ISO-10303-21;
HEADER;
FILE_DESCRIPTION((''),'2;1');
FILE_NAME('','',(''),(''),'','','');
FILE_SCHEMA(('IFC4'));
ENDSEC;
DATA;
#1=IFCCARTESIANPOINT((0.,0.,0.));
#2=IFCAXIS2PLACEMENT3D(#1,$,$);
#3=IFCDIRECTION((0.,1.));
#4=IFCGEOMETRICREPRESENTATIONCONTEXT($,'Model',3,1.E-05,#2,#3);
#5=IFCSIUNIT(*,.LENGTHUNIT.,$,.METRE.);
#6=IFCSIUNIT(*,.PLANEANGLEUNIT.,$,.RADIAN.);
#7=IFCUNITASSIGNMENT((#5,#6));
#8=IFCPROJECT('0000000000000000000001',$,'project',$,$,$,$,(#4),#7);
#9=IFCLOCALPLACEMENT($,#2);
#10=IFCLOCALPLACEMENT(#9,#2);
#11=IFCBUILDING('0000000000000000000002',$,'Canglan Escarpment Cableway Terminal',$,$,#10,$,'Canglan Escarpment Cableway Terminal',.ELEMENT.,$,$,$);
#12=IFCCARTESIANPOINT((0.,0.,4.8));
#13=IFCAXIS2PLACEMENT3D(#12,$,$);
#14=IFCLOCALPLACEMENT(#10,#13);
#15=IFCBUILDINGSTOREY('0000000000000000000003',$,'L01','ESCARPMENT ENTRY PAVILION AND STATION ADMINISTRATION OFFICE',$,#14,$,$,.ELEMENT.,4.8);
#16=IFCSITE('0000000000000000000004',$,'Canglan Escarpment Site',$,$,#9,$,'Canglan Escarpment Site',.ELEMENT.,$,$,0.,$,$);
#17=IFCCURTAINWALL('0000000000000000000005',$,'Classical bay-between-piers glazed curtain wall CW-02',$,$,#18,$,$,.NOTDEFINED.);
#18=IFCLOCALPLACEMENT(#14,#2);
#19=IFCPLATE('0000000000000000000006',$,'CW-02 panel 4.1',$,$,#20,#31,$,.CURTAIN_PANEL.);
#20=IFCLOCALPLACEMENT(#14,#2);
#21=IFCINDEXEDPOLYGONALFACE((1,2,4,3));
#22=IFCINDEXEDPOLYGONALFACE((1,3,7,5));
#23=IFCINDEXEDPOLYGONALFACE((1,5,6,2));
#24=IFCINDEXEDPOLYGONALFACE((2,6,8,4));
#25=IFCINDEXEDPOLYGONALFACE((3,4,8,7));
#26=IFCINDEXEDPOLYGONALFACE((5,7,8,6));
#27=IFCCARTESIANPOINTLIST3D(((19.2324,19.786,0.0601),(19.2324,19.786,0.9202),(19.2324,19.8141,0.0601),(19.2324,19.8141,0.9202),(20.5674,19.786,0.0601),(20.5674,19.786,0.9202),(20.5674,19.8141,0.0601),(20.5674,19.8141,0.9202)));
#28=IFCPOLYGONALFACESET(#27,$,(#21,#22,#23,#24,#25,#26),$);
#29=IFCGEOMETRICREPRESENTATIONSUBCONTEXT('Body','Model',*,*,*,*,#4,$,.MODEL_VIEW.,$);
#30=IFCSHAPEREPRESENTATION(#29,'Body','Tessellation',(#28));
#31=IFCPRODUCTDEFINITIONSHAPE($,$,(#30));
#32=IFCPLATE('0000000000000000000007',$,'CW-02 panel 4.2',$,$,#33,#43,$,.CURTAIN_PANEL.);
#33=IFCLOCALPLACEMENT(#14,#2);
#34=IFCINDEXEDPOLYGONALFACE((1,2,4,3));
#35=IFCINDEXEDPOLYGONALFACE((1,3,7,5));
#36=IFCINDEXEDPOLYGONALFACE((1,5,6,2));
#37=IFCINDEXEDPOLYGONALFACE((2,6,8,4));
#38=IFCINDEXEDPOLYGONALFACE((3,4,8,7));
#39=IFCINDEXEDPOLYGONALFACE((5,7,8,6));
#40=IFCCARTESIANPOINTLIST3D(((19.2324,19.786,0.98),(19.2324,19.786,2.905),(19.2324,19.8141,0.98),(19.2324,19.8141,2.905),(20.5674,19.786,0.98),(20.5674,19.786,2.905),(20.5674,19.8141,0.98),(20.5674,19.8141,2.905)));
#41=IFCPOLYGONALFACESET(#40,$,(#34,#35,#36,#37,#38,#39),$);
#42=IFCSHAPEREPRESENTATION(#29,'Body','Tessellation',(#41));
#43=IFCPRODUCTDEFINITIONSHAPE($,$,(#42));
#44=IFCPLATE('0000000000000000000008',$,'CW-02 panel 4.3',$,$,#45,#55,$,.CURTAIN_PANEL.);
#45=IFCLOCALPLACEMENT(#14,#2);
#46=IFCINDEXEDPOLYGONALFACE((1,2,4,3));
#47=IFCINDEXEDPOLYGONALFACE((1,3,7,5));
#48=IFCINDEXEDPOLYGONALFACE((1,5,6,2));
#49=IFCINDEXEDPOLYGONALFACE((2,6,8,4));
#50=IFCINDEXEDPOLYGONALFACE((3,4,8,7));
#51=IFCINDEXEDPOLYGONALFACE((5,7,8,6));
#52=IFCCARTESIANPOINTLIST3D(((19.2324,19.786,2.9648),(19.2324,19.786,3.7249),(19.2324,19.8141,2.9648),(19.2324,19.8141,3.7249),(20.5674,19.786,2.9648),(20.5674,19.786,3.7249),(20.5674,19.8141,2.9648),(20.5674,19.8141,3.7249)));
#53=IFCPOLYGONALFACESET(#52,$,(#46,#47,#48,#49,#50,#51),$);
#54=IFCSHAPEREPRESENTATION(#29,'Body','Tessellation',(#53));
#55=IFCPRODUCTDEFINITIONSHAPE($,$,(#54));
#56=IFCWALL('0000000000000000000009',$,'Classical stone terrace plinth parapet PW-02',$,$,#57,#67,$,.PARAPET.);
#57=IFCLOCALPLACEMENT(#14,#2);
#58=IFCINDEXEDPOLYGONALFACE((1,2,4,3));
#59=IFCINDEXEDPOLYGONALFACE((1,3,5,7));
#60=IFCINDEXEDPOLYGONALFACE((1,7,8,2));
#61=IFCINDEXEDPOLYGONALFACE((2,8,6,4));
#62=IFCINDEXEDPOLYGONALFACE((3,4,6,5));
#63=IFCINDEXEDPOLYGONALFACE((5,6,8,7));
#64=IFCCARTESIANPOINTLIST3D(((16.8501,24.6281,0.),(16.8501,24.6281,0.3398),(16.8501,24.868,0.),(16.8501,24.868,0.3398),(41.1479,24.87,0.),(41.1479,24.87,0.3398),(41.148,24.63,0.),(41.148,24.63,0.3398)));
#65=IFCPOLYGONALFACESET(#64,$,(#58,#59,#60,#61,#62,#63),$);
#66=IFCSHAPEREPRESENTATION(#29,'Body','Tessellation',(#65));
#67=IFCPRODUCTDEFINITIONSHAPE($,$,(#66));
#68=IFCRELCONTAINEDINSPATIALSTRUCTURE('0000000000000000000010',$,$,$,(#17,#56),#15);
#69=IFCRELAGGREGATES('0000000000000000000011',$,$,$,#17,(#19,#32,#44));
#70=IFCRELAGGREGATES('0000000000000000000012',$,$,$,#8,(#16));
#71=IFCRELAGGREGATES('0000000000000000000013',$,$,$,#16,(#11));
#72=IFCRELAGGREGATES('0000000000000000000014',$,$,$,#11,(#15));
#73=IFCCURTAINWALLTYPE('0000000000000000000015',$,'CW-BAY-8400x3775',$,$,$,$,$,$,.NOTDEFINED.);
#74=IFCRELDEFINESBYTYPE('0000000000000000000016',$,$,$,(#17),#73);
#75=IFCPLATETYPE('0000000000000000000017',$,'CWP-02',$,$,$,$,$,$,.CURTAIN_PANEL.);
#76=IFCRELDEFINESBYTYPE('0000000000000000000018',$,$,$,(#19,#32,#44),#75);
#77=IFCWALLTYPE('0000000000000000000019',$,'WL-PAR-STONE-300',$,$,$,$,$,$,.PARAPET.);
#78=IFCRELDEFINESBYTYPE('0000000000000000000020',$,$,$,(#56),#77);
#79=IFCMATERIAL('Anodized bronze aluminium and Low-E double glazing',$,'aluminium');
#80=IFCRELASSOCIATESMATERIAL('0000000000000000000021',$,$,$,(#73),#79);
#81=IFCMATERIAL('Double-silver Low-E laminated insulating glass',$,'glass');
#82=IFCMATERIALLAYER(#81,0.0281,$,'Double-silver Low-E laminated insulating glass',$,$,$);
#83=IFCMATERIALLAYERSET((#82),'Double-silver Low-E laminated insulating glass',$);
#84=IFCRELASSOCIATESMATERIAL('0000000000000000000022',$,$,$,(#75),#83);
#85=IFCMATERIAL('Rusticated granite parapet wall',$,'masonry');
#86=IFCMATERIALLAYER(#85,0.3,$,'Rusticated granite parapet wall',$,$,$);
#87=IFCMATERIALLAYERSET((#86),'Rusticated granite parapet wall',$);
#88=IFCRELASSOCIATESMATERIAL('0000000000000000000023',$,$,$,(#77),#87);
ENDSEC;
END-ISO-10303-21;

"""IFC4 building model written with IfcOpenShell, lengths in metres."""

from ifc_helpers import new_model, si_unit, direction, frame, frame_2d, origin, origin_2d, place, context, subcontext, project, spatial, rectangle, extrude, material, layer, layer_set, type_object, element, aggregate, save


model = new_model("IFC4")

# Units and contexts
model_context = context("Model", 3, precision=1e-05, world=origin(), true_north=direction((0.0, 1.0)))
body_context = subcontext(model_context, "Body", "Model", "MODEL_VIEW")
ifc_project = project(units=[si_unit("LENGTHUNIT", "METRE"), si_unit("PLANEANGLEUNIT", "RADIAN")], contexts=[model_context])

# Site, building, storey
site_placement = place(None, origin())
site = spatial("IfcSite", under=ifc_project, at=site_placement, Name="Canglan Escarpment Site", LongName="Canglan Escarpment Site", CompositionType="ELEMENT", RefElevation=0.0)
building_placement = place(site_placement, origin())
building = spatial("IfcBuilding", under=site, at=building_placement, Name="Canglan Escarpment Cableway Terminal", LongName="Canglan Escarpment Cableway Terminal", CompositionType="ELEMENT")
storey_placement = place(building_placement, frame((0.0, 0.0, 4.8)))
storey = spatial("IfcBuildingStorey", under=building, at=storey_placement, Name="L01", Description="ESCARPMENT ENTRY PAVILION AND STATION ADMINISTRATION OFFICE", CompositionType="ELEMENT", Elevation=4.8)

# Curtain wall
ifc_material_1 = material(Name="Anodized bronze aluminium and Low-E double glazing", Category="aluminium")
curtain_wall_type = type_object("IfcCurtainWallType", Name="CW-BAY-8400x3775", PredefinedType="NOTDEFINED", material=ifc_material_1)
curtain_wall_placement = place(storey_placement, origin())
curtain_wall = element("IfcCurtainWall", 1, at=curtain_wall_placement, inside=storey, type_object=curtain_wall_type, Name="Classical bay-between-piers glazed curtain wall CW-02", PredefinedType="NOTDEFINED")

# Plates
ifc_material_2 = material(Name="Double-silver Low-E laminated insulating glass", Category="glass")
ifc_layer_1 = layer(ifc_material_2, 0.0281, Name="Double-silver Low-E laminated insulating glass")
ifc_layer_set_1 = layer_set([ifc_layer_1], Name="Double-silver Low-E laminated insulating glass")
plate_type = type_object("IfcPlateType", Name="CWP-02", PredefinedType="CURTAIN_PANEL", material=ifc_layer_set_1)
plate_1_placement = place(storey_placement, frame((19.8999, 19.8, 0.0601), z_axis=(0.0, 0.0, 1.0), x_axis=(-1.0, 0.0, 0.0)))
plate_1 = element("IfcPlate", 2, at=plate_1_placement, type_object=plate_type, Name="CW-02 panel 4.1", PredefinedType="CURTAIN_PANEL", context=body_context, shape_type="SweptSolid", body=[
    extrude(rectangle(XDim=1.335, YDim=0.0281, at=origin_2d()), origin(), (0.0, 0.0, 1.0), 0.8601),
])
plate_2_placement = place(storey_placement, frame((19.8999, 19.8, 0.98), z_axis=(0.0, 0.0, 1.0), x_axis=(-1.0, 0.0, 0.0)))
plate_2 = element("IfcPlate", 3, at=plate_2_placement, type_object=plate_type, Name="CW-02 panel 4.2", PredefinedType="CURTAIN_PANEL", context=body_context, shape_type="SweptSolid", body=[
    extrude(rectangle(XDim=1.335, YDim=0.0281, at=origin_2d()), origin(), (0.0, 0.0, 1.0), 1.925),
])
plate_3_placement = place(storey_placement, frame((19.8999, 19.8, 2.9648), z_axis=(0.0, 0.0, 1.0), x_axis=(-1.0, 0.0, 0.0)))
plate_3 = element("IfcPlate", 4, at=plate_3_placement, type_object=plate_type, Name="CW-02 panel 4.3", PredefinedType="CURTAIN_PANEL", context=body_context, shape_type="SweptSolid", body=[
    extrude(rectangle(XDim=1.335, YDim=0.0281, at=origin_2d()), origin(), (0.0, 0.0, 1.0), 0.76),
])
aggregate(curtain_wall, [plate_1, plate_2, plate_3])

# Wall
ifc_material_3 = material(Name="Rusticated granite parapet wall", Category="masonry")
ifc_layer_2 = layer(ifc_material_3, 0.3, Name="Rusticated granite parapet wall")
ifc_layer_set_2 = layer_set([ifc_layer_2], Name="Rusticated granite parapet wall")
wall_type = type_object("IfcWallType", Name="WL-PAR-STONE-300", PredefinedType="PARAPET", material=ifc_layer_set_2)
wall_placement = place(storey_placement, frame((16.8501, 24.748, 0.0), z_axis=(0.0, 0.0, 1.0), x_axis=(1.0, 0.00008, 0.0)))
element("IfcWall", 5, at=wall_placement, inside=storey, type_object=wall_type, Name="Classical stone terrace plinth parapet PW-02", PredefinedType="PARAPET", context=body_context, shape_type="SweptSolid", body=[
    extrude(rectangle(XDim=24.2979, YDim=0.24, at=frame_2d((12.1489, 0.0))), origin(), (0.0, 0.0, 1.0), 0.3398),
])

save(model, "model.ifc")
